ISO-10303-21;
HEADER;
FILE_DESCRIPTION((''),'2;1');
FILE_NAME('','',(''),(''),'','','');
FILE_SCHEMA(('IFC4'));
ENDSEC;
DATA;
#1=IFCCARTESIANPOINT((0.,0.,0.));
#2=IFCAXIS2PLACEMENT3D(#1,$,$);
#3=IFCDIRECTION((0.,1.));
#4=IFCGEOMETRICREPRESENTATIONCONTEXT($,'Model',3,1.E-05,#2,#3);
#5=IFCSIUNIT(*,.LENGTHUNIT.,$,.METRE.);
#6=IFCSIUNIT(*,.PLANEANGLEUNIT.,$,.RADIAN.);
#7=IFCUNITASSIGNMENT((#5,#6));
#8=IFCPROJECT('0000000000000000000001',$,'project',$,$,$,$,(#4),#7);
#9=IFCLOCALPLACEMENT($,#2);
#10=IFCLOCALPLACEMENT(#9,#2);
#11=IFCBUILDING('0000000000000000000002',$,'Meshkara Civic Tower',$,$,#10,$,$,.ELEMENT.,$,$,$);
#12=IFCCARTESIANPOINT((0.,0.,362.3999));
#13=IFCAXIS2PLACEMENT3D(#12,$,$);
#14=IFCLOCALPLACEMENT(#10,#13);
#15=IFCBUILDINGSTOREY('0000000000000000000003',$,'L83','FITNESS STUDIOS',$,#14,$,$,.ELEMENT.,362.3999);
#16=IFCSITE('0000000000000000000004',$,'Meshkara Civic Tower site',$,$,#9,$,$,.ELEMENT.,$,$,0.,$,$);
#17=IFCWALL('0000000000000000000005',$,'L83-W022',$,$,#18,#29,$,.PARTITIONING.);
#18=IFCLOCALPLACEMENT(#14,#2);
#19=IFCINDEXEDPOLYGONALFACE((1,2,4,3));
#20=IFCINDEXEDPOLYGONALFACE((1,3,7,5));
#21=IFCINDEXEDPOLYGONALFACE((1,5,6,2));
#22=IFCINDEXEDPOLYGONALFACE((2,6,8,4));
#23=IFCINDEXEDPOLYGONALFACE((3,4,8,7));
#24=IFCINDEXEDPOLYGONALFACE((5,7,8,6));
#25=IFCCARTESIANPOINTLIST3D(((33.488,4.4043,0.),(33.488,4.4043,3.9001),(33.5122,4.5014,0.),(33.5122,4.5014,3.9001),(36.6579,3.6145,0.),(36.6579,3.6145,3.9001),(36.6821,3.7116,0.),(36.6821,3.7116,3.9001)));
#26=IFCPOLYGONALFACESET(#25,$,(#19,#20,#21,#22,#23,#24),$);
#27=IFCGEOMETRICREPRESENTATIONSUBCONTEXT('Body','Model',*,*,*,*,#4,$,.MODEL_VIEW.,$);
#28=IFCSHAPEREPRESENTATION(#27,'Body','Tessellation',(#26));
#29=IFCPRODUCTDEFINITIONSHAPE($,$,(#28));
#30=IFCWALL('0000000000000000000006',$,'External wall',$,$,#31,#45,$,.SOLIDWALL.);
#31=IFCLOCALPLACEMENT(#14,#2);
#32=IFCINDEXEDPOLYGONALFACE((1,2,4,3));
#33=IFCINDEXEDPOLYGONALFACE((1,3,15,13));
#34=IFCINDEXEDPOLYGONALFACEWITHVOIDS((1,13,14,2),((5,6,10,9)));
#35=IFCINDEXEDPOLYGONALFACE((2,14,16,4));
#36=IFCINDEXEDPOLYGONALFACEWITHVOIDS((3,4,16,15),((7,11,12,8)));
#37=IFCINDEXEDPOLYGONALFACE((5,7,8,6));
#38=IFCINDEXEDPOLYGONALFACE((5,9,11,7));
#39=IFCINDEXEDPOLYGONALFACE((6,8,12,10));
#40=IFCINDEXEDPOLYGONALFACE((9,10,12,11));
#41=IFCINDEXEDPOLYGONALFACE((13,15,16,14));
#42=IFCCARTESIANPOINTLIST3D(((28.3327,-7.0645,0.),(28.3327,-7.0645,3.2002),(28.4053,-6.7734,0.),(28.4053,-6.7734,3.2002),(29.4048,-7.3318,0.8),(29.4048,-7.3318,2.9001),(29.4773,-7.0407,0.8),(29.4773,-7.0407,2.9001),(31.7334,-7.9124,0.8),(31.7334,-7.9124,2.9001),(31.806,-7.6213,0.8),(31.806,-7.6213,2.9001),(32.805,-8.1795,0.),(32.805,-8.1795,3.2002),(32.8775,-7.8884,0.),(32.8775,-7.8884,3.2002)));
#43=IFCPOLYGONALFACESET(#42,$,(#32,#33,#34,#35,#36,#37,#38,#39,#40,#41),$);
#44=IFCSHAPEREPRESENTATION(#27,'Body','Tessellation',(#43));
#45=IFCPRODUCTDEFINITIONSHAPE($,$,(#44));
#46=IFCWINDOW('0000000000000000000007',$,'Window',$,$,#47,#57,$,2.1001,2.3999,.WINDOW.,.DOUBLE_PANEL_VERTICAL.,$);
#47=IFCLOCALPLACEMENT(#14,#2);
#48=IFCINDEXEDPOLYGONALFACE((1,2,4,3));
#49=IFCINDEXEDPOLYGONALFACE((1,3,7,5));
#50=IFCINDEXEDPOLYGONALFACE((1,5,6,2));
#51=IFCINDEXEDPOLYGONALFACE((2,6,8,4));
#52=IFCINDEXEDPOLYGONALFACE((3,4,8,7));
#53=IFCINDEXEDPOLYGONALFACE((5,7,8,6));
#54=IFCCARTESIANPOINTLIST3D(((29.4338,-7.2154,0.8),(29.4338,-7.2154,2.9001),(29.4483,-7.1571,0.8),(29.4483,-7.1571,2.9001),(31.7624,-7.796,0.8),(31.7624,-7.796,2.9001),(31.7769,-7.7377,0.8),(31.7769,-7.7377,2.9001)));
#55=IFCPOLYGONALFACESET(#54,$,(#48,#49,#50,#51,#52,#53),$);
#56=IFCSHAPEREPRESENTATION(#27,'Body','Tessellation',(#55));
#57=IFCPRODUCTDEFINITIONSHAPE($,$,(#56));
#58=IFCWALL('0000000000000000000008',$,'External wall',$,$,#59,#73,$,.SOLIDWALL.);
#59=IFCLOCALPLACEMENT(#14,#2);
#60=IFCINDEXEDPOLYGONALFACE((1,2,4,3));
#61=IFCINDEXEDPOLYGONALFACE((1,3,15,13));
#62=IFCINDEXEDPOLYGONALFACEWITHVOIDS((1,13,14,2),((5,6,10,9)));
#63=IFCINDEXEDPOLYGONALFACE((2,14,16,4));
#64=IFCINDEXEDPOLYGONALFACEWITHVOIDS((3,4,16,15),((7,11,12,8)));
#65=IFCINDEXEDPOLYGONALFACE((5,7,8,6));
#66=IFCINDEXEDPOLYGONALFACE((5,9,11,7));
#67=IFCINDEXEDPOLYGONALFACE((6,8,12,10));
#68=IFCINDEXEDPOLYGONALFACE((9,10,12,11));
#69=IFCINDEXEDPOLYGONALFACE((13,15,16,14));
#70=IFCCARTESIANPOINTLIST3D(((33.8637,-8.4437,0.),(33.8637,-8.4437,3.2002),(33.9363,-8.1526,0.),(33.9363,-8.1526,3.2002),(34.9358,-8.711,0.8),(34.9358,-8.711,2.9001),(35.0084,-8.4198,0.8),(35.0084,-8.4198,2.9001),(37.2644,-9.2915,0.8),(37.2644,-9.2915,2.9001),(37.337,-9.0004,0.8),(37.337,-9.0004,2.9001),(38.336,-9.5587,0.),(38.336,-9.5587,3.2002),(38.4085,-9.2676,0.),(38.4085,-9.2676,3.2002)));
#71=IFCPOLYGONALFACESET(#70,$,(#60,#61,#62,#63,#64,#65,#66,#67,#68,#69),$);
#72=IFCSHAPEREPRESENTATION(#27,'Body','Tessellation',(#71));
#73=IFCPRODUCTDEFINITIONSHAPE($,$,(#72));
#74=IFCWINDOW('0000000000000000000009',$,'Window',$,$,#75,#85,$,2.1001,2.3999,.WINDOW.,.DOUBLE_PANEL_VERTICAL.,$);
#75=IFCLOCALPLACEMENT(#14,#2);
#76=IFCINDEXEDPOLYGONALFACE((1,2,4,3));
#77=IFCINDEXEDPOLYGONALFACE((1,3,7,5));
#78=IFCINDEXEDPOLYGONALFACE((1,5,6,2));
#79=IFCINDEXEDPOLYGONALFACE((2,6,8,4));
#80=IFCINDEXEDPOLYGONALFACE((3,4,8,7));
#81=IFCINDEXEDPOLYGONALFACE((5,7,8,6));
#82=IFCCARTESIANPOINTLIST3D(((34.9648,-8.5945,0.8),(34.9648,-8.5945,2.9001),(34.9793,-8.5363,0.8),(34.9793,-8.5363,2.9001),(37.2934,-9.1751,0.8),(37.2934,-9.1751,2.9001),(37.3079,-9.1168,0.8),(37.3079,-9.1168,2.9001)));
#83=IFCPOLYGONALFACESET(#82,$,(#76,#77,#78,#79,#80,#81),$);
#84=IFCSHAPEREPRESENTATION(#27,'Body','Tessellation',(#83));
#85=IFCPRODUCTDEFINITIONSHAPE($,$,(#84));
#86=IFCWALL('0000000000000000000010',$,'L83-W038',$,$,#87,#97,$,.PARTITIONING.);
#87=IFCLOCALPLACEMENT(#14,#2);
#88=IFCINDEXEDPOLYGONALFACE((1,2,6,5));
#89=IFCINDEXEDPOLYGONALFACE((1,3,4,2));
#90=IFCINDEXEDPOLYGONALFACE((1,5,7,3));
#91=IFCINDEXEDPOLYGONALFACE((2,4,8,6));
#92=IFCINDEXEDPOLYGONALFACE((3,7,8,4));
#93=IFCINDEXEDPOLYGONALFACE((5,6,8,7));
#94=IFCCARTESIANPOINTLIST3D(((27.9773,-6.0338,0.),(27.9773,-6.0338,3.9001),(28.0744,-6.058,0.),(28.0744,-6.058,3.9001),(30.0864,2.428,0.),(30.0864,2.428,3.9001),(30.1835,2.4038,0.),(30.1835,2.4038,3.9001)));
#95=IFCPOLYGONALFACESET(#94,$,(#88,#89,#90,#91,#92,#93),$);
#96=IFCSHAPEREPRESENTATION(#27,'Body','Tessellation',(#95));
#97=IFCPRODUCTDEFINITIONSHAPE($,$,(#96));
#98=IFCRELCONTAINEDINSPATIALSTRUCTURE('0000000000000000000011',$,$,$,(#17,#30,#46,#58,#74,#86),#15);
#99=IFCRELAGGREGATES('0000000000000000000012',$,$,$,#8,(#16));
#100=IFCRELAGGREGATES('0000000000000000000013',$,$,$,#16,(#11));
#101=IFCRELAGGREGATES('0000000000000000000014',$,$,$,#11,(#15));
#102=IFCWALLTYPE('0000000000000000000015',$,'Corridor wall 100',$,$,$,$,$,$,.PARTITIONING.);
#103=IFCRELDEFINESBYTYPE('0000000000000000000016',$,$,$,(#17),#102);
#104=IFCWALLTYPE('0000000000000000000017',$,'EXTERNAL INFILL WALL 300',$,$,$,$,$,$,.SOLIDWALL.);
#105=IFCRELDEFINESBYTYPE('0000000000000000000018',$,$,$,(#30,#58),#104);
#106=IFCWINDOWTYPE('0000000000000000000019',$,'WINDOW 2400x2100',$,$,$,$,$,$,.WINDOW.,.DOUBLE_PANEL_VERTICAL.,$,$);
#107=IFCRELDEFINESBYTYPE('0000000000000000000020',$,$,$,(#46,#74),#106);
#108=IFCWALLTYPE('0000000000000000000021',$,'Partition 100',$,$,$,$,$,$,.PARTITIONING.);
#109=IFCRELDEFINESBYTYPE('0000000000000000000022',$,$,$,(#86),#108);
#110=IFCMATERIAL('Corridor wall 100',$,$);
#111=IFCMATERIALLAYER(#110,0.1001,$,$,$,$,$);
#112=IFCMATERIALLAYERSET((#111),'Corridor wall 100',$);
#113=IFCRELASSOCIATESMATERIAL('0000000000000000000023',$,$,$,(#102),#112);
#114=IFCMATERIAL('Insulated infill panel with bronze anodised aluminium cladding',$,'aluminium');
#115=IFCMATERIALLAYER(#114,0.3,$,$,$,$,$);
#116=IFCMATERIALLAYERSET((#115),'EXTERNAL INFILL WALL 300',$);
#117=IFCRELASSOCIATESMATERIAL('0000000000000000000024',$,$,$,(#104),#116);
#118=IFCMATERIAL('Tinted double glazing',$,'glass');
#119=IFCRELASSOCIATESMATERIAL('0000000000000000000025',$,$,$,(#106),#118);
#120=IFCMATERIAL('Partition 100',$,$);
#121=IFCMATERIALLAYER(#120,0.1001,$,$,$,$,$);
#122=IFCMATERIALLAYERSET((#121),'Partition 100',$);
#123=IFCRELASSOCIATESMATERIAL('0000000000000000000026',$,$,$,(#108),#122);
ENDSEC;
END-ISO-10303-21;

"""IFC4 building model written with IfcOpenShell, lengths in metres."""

from ifc_helpers import new_model, si_unit, direction, frame, frame_2d, origin, place, context, subcontext, project, spatial, rectangle, extrude, material, layer, layer_set, type_object, element, fill, save


model = new_model("IFC4")

# Units and contexts
model_context = context("Model", 3, precision=1e-05, world=origin(), true_north=direction((0.0, 1.0)))
body_context = subcontext(model_context, "Body", "Model", "MODEL_VIEW")
ifc_project = project(units=[si_unit("LENGTHUNIT", "METRE"), si_unit("PLANEANGLEUNIT", "RADIAN")], contexts=[model_context])

# Site, building, storey
site_placement = place(None, origin())
site = spatial("IfcSite", under=ifc_project, at=site_placement, Name="Meshkara Civic Tower site", CompositionType="ELEMENT", RefElevation=0.0)
building_placement = place(site_placement, origin())
building = spatial("IfcBuilding", under=site, at=building_placement, Name="Meshkara Civic Tower", CompositionType="ELEMENT")
storey_placement = place(building_placement, frame((0.0, 0.0, 362.3999)))
storey = spatial("IfcBuildingStorey", under=building, at=storey_placement, Name="L83", Description="FITNESS STUDIOS", CompositionType="ELEMENT", Elevation=362.3999)

# Shared definitions
ifc_material_1 = material(Name="Corridor wall 100")
ifc_layer_1 = layer(ifc_material_1, 0.1001)
ifc_layer_set_1 = layer_set([ifc_layer_1], Name="Corridor wall 100")
wall_type_1 = type_object("IfcWallType", Name="Corridor wall 100", PredefinedType="PARTITIONING", material=ifc_layer_set_1)

# Wall
wall_1_placement = place(storey_placement, frame((36.6699, 3.6631, 0.0), z_axis=(0.0, 0.0, 1.0), x_axis=(-0.970336, 0.241762, 0.0)))
element("IfcWall", 1, at=wall_1_placement, inside=storey, type_object=wall_type_1, Name="L83-W022", PredefinedType="PARTITIONING", context=body_context, shape_type="SweptSolid", body=[
    extrude(rectangle(XDim=3.2668, YDim=0.1001, at=frame_2d((1.6333, 0.0))), origin(), (0.0, 0.0, 1.0), 3.9001),
])

# Walls, openings, windows
ifc_material_2 = material(Name="Insulated infill panel with bronze anodised aluminium cladding", Category="aluminium")
ifc_layer_2 = layer(ifc_material_2, 0.3)
ifc_layer_set_2 = layer_set([ifc_layer_2], Name="EXTERNAL INFILL WALL 300")
wall_type_2 = type_object("IfcWallType", Name="EXTERNAL INFILL WALL 300", PredefinedType="SOLIDWALL", material=ifc_layer_set_2)
wall_2_placement = place(storey_placement, frame((28.3689, -6.9189, 0.0), z_axis=(0.0, 0.0, 1.0), x_axis=(0.970298, -0.241912, 0.0)))
wall_2 = element("IfcWall", 2, at=wall_2_placement, inside=storey, type_object=wall_type_2, Name="External wall", PredefinedType="SOLIDWALL", context=body_context, shape_type="SweptSolid", body=[
    extrude(rectangle(XDim=4.6091, YDim=0.3, at=frame_2d((2.3047, 0.0))), origin(), (0.0, 0.0, 1.0), 3.2002),
])
opening_1_placement = place(wall_2_placement, frame((1.105, 0.0, 0.8)))
opening_1 = element("IfcOpeningElement", 3, at=opening_1_placement, cuts=wall_2, PredefinedType="OPENING", context=body_context, shape_type="SweptSolid", body=[
    extrude(rectangle(XDim=2.3999, YDim=2.1001, at=frame_2d((1.2, 1.05))), frame((0.0, 0.1599, 0.0), z_axis=(0.0, -1.0, 0.0), x_axis=(1.0, 0.0, 0.0)), (0.0, 0.0, 1.0), 0.3201),
])
ifc_material_3 = material(Name="Tinted double glazing", Category="glass")
window_type = type_object("IfcWindowType", Name="WINDOW 2400x2100", PartitioningType="DOUBLE_PANEL_VERTICAL", PredefinedType="WINDOW", material=ifc_material_3)
window_1_placement = place(opening_1_placement, origin())
window_1 = element("IfcWindow", 4, at=window_1_placement, inside=storey, type_object=window_type, Name="Window", OverallHeight=2.1001, OverallWidth=2.3999, PartitioningType="DOUBLE_PANEL_VERTICAL", PredefinedType="WINDOW", context=body_context, shape_type="SweptSolid", body=[
    extrude(rectangle(XDim=2.3999, YDim=2.1001, at=frame_2d((1.2, 1.05))), frame((0.0, 0.03, 0.0), z_axis=(0.0, -1.0, 0.0), x_axis=(1.0, 0.0, 0.0)), (0.0, 0.0, 1.0), 0.0601),
])
fill(opening_1, window_1)
wall_3_placement = place(storey_placement, frame((33.8999, -8.2981, 0.0), z_axis=(0.0, 0.0, 1.0), x_axis=(0.970298, -0.241912, 0.0)))
wall_3 = element("IfcWall", 5, at=wall_3_placement, inside=storey, type_object=wall_type_2, Name="External wall", PredefinedType="SOLIDWALL", context=body_context, shape_type="SweptSolid", body=[
    extrude(rectangle(XDim=4.6091, YDim=0.3, at=frame_2d((2.3047, 0.0))), origin(), (0.0, 0.0, 1.0), 3.2002),
])
opening_2_placement = place(wall_3_placement, frame((1.105, 0.0, 0.8)))
opening_2 = element("IfcOpeningElement", 6, at=opening_2_placement, cuts=wall_3, PredefinedType="OPENING", context=body_context, shape_type="SweptSolid", body=[
    extrude(rectangle(XDim=2.3999, YDim=2.1001, at=frame_2d((1.2, 1.05))), frame((0.0, 0.1599, 0.0), z_axis=(0.0, -1.0, 0.0), x_axis=(1.0, 0.0, 0.0)), (0.0, 0.0, 1.0), 0.3201),
])
window_2_placement = place(opening_2_placement, origin())
window_2 = element("IfcWindow", 7, at=window_2_placement, inside=storey, type_object=window_type, Name="Window", OverallHeight=2.1001, OverallWidth=2.3999, PartitioningType="DOUBLE_PANEL_VERTICAL", PredefinedType="WINDOW", context=body_context, shape_type="SweptSolid", body=[
    extrude(rectangle(XDim=2.3999, YDim=2.1001, at=frame_2d((1.2, 1.05))), frame((0.0, 0.03, 0.0), z_axis=(0.0, -1.0, 0.0), x_axis=(1.0, 0.0, 0.0)), (0.0, 0.0, 1.0), 0.0601),
])
fill(opening_2, window_2)

# Wall
ifc_material_4 = material(Name="Partition 100")
ifc_layer_3 = layer(ifc_material_4, 0.1001)
ifc_layer_set_3 = layer_set([ifc_layer_3], Name="Partition 100")
wall_type_3 = type_object("IfcWallType", Name="Partition 100", PredefinedType="PARTITIONING", material=ifc_layer_set_3)
wall_4_placement = place(storey_placement, frame((28.0259, -6.0459, 0.0), z_axis=(0.0, 0.0, 1.0), x_axis=(0.241851, 0.970314, 0.0)))
element("IfcWall", 8, at=wall_4_placement, inside=storey, type_object=wall_type_3, Name="L83-W038", PredefinedType="PARTITIONING", context=body_context, shape_type="SweptSolid", body=[
    extrude(rectangle(XDim=8.7207, YDim=0.1001, at=frame_2d((4.3604, 0.0))), origin(), (0.0, 0.0, 1.0), 3.9001),
])

save(model, "model.ifc")
